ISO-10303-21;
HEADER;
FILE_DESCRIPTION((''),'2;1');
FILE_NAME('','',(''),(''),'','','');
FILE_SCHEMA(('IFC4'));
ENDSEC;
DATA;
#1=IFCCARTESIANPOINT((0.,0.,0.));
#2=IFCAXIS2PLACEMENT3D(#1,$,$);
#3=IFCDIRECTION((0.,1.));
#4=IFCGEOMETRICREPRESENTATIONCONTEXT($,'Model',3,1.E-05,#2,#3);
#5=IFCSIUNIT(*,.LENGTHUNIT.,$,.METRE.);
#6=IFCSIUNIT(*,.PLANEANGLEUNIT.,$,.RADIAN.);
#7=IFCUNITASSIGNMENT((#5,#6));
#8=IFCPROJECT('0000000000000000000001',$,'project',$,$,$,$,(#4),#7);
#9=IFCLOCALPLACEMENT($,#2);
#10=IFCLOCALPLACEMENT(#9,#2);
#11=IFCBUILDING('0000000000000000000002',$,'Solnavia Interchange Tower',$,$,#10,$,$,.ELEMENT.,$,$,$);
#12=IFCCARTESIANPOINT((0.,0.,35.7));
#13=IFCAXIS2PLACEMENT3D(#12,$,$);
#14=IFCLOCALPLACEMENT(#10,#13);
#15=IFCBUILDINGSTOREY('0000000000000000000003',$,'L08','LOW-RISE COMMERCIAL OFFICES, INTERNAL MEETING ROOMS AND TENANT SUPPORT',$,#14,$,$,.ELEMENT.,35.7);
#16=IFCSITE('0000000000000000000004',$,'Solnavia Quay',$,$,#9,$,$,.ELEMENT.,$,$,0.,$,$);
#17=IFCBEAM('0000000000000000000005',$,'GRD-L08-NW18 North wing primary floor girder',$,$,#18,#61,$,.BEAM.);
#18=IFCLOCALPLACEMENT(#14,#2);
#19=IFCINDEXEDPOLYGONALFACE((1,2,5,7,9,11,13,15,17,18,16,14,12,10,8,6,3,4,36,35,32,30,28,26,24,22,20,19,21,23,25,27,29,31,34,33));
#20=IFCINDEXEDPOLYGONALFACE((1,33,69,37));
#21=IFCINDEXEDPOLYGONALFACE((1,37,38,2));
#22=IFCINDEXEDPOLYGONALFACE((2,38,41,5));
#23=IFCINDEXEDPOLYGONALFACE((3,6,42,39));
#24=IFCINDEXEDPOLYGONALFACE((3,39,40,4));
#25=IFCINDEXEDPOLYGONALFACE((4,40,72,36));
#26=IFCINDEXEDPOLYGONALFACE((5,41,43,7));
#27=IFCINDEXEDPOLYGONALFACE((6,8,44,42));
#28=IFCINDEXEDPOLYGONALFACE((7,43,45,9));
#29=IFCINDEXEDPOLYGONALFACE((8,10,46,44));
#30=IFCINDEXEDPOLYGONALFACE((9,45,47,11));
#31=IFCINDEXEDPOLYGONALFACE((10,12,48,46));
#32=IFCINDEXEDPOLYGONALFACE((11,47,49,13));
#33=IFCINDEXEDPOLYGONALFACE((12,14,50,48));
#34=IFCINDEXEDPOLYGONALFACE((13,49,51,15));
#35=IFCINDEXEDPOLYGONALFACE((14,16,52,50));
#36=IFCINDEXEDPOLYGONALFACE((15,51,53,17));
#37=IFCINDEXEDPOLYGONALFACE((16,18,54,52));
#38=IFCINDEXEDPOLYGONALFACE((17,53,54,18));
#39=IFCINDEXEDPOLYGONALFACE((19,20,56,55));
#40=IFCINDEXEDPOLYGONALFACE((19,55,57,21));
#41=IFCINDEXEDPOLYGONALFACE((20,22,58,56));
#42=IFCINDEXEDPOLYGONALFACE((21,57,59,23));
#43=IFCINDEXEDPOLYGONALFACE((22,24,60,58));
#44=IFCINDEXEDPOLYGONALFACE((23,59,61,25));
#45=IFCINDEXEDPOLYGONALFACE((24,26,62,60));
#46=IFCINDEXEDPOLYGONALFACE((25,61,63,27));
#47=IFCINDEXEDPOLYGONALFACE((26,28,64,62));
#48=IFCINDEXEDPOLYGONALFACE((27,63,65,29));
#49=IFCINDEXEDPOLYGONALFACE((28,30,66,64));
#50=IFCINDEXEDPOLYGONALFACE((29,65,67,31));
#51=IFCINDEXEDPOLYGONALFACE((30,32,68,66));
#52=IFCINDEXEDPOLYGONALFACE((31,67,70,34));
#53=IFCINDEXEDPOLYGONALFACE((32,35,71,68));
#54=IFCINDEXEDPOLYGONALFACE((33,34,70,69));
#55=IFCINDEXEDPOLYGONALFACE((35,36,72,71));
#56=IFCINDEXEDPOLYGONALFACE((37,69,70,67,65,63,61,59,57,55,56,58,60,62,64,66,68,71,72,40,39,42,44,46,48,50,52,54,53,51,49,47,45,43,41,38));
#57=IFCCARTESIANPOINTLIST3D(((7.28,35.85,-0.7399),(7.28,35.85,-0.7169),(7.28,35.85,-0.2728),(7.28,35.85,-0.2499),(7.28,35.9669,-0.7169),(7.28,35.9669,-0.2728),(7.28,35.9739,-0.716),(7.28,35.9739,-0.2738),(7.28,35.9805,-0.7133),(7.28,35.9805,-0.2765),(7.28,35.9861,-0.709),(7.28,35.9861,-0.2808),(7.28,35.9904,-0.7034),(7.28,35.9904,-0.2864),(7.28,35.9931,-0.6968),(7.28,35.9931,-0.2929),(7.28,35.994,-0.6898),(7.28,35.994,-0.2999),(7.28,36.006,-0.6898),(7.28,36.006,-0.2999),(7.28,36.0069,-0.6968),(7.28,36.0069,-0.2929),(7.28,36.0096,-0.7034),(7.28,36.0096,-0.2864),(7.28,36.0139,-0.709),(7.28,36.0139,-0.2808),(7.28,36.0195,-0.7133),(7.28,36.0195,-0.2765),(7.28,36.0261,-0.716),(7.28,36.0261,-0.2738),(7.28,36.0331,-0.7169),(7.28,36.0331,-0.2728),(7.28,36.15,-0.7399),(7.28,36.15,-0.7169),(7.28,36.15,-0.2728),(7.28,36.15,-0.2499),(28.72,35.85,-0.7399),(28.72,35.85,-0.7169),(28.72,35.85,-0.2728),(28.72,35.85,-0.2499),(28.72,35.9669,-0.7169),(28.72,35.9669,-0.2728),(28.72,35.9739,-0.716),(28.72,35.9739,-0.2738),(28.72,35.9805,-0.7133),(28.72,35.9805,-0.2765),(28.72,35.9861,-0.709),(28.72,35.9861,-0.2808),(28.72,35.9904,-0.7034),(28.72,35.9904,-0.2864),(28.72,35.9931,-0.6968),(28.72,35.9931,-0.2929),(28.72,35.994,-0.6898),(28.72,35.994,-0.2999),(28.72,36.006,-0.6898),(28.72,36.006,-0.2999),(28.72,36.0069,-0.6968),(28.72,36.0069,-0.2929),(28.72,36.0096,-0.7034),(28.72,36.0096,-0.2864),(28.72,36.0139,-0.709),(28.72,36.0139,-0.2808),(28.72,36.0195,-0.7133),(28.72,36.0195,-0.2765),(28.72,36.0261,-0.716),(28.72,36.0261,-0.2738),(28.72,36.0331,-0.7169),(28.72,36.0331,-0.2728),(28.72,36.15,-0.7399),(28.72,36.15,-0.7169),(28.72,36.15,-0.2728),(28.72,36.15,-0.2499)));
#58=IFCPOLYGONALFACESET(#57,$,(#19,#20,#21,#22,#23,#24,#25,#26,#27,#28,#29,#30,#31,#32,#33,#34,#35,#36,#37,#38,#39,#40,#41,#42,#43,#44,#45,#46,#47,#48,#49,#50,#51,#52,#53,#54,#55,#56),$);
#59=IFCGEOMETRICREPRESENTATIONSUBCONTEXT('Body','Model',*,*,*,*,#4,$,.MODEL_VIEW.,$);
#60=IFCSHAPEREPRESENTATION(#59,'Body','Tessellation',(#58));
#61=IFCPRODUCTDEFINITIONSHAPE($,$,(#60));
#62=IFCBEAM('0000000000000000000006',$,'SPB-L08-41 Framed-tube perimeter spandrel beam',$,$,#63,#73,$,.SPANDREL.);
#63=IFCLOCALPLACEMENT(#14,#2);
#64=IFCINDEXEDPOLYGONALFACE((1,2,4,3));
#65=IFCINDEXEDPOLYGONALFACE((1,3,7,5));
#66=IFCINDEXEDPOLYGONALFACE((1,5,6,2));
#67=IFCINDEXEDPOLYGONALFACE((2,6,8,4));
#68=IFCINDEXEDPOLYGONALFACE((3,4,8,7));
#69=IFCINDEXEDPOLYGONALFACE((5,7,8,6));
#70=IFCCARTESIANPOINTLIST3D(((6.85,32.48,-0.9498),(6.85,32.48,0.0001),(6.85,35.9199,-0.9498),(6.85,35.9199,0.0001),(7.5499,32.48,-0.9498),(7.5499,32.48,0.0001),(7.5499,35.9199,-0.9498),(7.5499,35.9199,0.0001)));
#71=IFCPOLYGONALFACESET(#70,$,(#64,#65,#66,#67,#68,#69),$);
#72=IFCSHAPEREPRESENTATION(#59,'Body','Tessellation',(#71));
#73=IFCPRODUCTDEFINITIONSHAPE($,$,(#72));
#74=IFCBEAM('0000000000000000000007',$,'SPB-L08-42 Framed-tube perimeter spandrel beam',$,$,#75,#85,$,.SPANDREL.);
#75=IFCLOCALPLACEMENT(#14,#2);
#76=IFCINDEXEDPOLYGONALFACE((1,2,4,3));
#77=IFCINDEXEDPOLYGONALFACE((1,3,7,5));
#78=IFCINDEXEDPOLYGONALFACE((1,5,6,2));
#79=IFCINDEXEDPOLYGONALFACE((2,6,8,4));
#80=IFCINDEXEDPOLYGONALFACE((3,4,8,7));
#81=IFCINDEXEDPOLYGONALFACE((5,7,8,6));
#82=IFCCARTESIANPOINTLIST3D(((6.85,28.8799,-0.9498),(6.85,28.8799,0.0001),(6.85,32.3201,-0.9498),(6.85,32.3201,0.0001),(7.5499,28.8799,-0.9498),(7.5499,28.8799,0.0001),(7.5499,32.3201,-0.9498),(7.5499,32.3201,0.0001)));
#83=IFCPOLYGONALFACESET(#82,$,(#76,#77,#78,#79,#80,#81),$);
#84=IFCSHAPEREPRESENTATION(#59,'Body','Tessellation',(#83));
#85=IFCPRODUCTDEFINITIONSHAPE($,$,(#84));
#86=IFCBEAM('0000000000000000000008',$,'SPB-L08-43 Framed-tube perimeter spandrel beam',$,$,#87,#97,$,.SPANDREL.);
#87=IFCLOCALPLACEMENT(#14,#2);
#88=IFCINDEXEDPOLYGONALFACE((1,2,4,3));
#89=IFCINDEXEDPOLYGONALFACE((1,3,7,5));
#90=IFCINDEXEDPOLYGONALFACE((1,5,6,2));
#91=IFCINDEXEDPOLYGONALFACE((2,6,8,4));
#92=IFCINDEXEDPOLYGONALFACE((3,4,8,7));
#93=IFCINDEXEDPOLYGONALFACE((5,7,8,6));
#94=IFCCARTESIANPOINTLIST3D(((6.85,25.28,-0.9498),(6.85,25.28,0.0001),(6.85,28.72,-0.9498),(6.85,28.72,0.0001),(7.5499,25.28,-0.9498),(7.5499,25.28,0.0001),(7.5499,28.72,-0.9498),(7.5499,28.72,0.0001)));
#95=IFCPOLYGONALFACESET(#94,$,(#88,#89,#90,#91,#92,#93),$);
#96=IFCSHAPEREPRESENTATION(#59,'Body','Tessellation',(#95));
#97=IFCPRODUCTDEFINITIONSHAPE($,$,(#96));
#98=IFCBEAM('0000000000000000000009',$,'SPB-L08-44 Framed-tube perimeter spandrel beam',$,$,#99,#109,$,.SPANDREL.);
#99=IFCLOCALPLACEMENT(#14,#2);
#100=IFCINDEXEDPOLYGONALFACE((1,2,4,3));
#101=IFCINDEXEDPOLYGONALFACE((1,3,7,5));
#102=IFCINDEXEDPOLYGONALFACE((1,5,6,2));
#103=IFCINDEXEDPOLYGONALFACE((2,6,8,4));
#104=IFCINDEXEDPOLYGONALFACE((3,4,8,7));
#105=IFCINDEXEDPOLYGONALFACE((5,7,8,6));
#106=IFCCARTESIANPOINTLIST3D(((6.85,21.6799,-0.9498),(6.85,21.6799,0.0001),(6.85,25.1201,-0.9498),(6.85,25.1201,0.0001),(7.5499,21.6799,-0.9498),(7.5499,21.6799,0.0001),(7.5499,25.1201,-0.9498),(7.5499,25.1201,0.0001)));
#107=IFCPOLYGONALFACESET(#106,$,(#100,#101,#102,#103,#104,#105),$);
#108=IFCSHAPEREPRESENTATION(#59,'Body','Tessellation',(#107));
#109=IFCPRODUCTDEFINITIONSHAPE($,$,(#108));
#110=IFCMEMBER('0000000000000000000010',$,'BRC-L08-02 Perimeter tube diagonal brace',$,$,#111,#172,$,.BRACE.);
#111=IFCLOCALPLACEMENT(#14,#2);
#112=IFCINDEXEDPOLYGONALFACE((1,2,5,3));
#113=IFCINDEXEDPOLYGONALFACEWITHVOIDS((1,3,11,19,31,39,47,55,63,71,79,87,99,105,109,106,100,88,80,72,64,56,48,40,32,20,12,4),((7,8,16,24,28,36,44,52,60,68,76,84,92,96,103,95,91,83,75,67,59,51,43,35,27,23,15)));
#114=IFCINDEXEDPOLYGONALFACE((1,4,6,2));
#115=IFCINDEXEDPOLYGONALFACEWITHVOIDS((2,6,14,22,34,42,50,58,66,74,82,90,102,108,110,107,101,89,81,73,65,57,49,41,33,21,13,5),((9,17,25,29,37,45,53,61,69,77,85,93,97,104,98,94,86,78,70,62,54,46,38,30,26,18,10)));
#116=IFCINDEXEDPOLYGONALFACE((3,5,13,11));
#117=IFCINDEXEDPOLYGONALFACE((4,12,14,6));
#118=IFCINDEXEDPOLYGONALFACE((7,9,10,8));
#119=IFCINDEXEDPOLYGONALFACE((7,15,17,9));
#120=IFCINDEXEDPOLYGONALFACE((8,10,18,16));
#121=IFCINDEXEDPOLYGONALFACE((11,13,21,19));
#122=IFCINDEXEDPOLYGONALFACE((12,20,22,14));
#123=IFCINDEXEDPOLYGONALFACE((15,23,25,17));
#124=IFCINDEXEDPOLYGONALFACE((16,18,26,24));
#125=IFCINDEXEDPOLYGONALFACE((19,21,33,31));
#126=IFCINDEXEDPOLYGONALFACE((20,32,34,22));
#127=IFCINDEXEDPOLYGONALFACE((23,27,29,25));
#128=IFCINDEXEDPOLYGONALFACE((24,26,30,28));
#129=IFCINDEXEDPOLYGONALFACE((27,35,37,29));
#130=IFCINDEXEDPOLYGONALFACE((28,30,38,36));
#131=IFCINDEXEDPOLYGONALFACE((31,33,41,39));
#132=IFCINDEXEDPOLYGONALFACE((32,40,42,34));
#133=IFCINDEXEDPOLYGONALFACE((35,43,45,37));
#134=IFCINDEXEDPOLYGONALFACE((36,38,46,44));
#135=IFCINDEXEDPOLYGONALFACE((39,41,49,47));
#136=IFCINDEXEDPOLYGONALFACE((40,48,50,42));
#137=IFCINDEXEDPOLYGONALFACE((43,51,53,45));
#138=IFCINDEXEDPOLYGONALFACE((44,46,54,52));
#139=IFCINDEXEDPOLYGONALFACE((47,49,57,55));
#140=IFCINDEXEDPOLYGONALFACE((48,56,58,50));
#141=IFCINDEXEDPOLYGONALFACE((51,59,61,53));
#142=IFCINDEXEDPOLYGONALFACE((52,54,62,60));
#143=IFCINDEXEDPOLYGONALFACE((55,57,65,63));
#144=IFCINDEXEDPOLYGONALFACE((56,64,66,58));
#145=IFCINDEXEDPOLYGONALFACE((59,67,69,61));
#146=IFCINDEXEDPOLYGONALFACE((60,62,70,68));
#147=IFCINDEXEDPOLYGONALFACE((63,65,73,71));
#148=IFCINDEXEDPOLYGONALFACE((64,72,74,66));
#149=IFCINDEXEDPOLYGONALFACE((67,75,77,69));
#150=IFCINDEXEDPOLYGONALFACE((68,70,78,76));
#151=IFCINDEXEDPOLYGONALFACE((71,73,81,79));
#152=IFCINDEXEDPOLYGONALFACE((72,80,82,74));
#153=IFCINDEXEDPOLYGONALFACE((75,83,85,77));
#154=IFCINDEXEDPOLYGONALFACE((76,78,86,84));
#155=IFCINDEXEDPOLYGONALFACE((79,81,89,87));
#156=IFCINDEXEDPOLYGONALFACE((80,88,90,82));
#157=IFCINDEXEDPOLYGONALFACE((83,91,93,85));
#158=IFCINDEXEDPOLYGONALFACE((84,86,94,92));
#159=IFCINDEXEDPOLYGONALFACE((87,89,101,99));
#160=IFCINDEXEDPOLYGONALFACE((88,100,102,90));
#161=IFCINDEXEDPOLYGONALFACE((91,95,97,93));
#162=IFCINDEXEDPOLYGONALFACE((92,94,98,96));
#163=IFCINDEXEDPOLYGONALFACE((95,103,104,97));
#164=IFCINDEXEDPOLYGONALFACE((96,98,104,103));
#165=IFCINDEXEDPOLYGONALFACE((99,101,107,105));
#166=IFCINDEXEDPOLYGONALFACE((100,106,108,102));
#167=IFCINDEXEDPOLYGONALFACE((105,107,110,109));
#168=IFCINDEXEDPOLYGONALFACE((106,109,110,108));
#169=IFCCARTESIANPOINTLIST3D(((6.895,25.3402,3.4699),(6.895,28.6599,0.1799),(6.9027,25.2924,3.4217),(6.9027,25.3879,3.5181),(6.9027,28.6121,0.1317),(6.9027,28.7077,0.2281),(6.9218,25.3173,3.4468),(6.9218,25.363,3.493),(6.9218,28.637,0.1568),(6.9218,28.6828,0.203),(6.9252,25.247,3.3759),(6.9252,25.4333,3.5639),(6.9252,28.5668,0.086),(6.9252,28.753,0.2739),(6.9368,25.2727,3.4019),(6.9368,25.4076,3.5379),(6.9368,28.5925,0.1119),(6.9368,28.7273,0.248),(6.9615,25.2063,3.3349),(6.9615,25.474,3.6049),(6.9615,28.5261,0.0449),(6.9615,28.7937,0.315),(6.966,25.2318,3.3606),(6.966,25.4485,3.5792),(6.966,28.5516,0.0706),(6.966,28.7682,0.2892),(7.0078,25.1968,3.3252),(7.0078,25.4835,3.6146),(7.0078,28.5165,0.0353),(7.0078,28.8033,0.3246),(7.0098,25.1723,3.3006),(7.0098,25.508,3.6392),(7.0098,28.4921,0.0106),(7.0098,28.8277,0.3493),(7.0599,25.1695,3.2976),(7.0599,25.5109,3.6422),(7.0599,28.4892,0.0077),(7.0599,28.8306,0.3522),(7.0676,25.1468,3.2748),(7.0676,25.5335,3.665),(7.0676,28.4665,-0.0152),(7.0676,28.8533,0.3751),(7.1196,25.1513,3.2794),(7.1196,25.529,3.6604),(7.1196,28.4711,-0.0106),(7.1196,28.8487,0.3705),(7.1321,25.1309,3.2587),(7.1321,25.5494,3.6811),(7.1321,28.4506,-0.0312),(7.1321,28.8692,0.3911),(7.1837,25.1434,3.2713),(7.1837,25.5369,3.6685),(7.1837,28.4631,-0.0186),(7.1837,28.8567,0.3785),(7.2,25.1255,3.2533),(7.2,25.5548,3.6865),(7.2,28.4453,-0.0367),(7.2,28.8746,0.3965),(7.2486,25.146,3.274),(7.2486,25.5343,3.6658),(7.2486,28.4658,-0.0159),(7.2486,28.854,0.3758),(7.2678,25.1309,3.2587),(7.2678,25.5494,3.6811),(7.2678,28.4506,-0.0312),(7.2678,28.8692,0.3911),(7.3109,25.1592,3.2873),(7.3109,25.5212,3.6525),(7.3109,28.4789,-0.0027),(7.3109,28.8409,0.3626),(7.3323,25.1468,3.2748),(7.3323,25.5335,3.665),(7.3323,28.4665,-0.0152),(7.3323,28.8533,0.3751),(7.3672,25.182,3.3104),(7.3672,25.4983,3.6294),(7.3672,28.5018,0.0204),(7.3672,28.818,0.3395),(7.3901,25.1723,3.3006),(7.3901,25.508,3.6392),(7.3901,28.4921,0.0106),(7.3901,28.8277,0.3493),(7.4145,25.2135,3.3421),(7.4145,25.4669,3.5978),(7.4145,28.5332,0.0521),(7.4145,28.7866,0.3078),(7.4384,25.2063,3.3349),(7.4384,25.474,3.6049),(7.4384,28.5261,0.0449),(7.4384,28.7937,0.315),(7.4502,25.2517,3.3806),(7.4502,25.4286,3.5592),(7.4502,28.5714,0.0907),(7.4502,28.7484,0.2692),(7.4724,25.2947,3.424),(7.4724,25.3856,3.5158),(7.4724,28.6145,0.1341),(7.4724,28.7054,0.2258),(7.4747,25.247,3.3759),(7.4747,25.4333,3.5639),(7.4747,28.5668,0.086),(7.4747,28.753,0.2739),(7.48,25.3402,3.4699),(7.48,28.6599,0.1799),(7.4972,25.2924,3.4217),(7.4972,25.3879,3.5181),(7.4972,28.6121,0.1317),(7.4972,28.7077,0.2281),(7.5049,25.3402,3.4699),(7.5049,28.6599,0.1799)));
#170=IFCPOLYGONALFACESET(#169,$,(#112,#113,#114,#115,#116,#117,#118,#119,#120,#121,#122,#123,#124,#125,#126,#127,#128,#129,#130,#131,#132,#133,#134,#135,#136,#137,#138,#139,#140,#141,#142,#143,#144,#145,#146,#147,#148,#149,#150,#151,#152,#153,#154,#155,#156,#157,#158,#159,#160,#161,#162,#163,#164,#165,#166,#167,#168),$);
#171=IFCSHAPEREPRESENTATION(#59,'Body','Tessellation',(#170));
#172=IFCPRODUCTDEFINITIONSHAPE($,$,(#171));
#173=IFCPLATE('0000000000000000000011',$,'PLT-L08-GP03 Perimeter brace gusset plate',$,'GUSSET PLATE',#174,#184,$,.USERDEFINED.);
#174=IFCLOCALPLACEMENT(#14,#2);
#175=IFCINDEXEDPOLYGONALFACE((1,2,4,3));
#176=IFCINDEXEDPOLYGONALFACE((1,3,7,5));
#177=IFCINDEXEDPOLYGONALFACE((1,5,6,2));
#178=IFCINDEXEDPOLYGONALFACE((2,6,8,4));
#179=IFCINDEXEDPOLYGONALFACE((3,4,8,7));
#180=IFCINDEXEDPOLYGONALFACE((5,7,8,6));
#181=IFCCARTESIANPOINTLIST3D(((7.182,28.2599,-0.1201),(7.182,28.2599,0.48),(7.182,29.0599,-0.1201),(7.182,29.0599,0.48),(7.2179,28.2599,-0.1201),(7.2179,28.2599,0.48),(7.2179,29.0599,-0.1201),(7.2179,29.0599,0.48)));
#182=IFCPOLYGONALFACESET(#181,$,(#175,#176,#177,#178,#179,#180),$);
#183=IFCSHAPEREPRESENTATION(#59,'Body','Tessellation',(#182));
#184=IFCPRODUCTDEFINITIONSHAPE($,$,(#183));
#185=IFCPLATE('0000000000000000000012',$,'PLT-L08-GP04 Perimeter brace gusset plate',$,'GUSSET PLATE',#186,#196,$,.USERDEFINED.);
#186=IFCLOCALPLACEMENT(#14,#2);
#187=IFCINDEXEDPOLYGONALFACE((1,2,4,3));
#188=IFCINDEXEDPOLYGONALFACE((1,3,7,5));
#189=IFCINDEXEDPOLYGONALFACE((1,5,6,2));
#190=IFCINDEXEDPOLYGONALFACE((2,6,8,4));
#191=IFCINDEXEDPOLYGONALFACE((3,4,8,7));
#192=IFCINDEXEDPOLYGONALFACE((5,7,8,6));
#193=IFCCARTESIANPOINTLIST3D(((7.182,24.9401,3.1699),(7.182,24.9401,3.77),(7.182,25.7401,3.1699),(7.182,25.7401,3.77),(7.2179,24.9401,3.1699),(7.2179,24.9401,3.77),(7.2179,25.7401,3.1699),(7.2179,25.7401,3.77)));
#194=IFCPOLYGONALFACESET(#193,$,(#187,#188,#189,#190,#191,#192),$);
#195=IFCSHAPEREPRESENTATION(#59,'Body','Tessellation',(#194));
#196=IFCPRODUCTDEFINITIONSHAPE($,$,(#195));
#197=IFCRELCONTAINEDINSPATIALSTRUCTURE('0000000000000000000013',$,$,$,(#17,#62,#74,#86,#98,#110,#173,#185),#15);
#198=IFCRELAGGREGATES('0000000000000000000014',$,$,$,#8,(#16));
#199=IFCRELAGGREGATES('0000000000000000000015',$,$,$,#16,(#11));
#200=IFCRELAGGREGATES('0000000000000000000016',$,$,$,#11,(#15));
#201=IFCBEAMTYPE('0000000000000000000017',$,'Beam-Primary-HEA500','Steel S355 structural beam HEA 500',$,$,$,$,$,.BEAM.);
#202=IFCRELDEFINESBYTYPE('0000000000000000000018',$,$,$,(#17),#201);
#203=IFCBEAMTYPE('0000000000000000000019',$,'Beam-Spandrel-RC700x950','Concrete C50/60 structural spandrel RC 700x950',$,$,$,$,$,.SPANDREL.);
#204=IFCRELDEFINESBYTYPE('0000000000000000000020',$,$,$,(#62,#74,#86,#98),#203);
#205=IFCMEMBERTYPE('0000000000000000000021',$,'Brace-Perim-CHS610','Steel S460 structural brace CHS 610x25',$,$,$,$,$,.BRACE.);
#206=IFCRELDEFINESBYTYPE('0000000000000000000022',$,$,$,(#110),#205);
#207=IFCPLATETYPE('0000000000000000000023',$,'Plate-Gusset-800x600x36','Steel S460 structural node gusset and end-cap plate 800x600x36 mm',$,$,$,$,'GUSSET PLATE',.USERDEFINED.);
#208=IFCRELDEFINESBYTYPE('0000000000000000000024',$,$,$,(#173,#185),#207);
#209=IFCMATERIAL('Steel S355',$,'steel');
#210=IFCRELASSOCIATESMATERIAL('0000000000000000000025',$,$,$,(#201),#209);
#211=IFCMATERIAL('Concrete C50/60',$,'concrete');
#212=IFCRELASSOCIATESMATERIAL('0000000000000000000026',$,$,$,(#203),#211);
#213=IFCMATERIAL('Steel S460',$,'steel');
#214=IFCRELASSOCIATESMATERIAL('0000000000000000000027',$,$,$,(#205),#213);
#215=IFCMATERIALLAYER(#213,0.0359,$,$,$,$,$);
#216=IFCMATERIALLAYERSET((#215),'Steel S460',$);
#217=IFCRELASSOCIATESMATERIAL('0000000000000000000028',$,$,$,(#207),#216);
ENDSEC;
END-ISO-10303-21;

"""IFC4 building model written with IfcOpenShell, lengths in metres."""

from ifc_helpers import new_model, si_unit, direction, frame, origin, origin_2d, place, context, subcontext, project, spatial, rectangle, hollow_circle, i_section, extrude, material, layer, layer_set, material_profile, profile_set, type_object, element, save


model = new_model("IFC4")

# Units and contexts
model_context = context("Model", 3, precision=1e-05, world=origin(), true_north=direction((0.0, 1.0)))
body_context = subcontext(model_context, "Body", "Model", "MODEL_VIEW")
ifc_project = project(units=[si_unit("LENGTHUNIT", "METRE"), si_unit("PLANEANGLEUNIT", "RADIAN")], contexts=[model_context])

# Site, building, storey
site_placement = place(None, origin())
site = spatial("IfcSite", under=ifc_project, at=site_placement, Name="Solnavia Quay", CompositionType="ELEMENT", RefElevation=0.0)
building_placement = place(site_placement, origin())
building = spatial("IfcBuilding", under=site, at=building_placement, Name="Solnavia Interchange Tower", CompositionType="ELEMENT")
storey_placement = place(building_placement, frame((0.0, 0.0, 35.7)))
storey = spatial("IfcBuildingStorey", under=building, at=storey_placement, Name="L08", Description="LOW-RISE COMMERCIAL OFFICES, INTERNAL MEETING ROOMS AND TENANT SUPPORT", CompositionType="ELEMENT", Elevation=35.7)

# Beams
ifc_material_1 = material(Name="Steel S460", Category="steel")
ifc_material_2 = material(Name="Steel S355", Category="steel")
ifc_material_profile_1 = material_profile(ifc_material_2, i_section(OverallWidth=0.3, OverallDepth=0.49, WebThickness=0.012, FlangeThickness=0.0229, FilletRadius=0.0271, at=origin_2d()), Name="HEA 500")
ifc_profile_set_1 = profile_set([ifc_material_profile_1], Name="Steel S355")
beam_type_1 = type_object("IfcBeamType", Name="Beam-Primary-HEA500", Description="Steel S355 structural beam HEA 500", PredefinedType="BEAM", material=ifc_profile_set_1)
for number, where, z_axis, x_axis, name in (
    (1, (7.28, 36.0, -0.4949), (1.0, 0.0, 0.0), (0.0, 1.0, 0.0), "GRD-L08-NW18 North wing primary floor girder"),
):
    element("IfcBeam", number, at=place(storey_placement, frame(where, z_axis=z_axis, x_axis=x_axis)), inside=storey, type_object=beam_type_1, Name=name, PredefinedType="BEAM", context=body_context, shape_type="SweptSolid", body=[
        extrude(i_section(OverallWidth=0.3, OverallDepth=0.49, WebThickness=0.012, FlangeThickness=0.0229, FilletRadius=0.0271, at=origin_2d()), origin(), (0.0, 0.0, 1.0), 21.4399),
    ])
ifc_material_3 = material(Name="Concrete C50/60", Category="concrete")
ifc_material_profile_2 = material_profile(ifc_material_3, rectangle(XDim=0.7, YDim=0.95, at=origin_2d()), Name="RC 700x950")
ifc_profile_set_2 = profile_set([ifc_material_profile_2], Name="Concrete C50/60")
beam_type_2 = type_object("IfcBeamType", Name="Beam-Spandrel-RC700x950", Description="Concrete C50/60 structural spandrel RC 700x950", PredefinedType="SPANDREL", material=ifc_profile_set_2)
beam_1_placement = place(storey_placement, frame((7.2, 35.9199, -0.4749), z_axis=(0.0, -1.0, 0.0), x_axis=(1.0, 0.0, 0.0)))
element("IfcBeam", 2, at=beam_1_placement, inside=storey, type_object=beam_type_2, Name="SPB-L08-41 Framed-tube perimeter spandrel beam", PredefinedType="SPANDREL", context=body_context, shape_type="SweptSolid", body=[
    extrude(rectangle(XDim=0.7, YDim=0.95, at=origin_2d()), origin(), (0.0, 0.0, 1.0), 3.4399),
])
beam_2_placement = place(storey_placement, frame((7.2, 32.3201, -0.4749), z_axis=(0.0, -1.0, 0.0), x_axis=(1.0, 0.0, 0.0)))
element("IfcBeam", 3, at=beam_2_placement, inside=storey, type_object=beam_type_2, Name="SPB-L08-42 Framed-tube perimeter spandrel beam", PredefinedType="SPANDREL", context=body_context, shape_type="SweptSolid", body=[
    extrude(rectangle(XDim=0.7, YDim=0.95, at=origin_2d()), origin(), (0.0, 0.0, 1.0), 3.4402),
])
beam_3_placement = place(storey_placement, frame((7.2, 28.72, -0.4749), z_axis=(0.0, -1.0, 0.0), x_axis=(1.0, 0.0, 0.0)))
element("IfcBeam", 4, at=beam_3_placement, inside=storey, type_object=beam_type_2, Name="SPB-L08-43 Framed-tube perimeter spandrel beam", PredefinedType="SPANDREL", context=body_context, shape_type="SweptSolid", body=[
    extrude(rectangle(XDim=0.7, YDim=0.95, at=origin_2d()), origin(), (0.0, 0.0, 1.0), 3.4399),
])
beam_4_placement = place(storey_placement, frame((7.2, 25.1201, -0.4749), z_axis=(0.0, -1.0, 0.0), x_axis=(1.0, 0.0, 0.0)))
element("IfcBeam", 5, at=beam_4_placement, inside=storey, type_object=beam_type_2, Name="SPB-L08-44 Framed-tube perimeter spandrel beam", PredefinedType="SPANDREL", context=body_context, shape_type="SweptSolid", body=[
    extrude(rectangle(XDim=0.7, YDim=0.95, at=origin_2d()), origin(), (0.0, 0.0, 1.0), 3.4402),
])

# Member
ifc_material_profile_3 = material_profile(ifc_material_1, hollow_circle(Radius=0.3049, WallThickness=0.0249, at=origin_2d()), Name="CHS 610x25")
ifc_profile_set_3 = profile_set([ifc_material_profile_3], Name="Steel S460")
member_type = type_object("IfcMemberType", Name="Brace-Perim-CHS610", Description="Steel S460 structural brace CHS 610x25", PredefinedType="BRACE", material=ifc_profile_set_3)
member_placement = place(storey_placement, frame((7.2, 28.6599, 0.1799), z_axis=(0.0, -0.710286, 0.703913), x_axis=(1.0, 0.0, 0.0)))
element("IfcMember", 6, at=member_placement, inside=storey, type_object=member_type, Name="BRC-L08-02 Perimeter tube diagonal brace", PredefinedType="BRACE", context=body_context, shape_type="SweptSolid", body=[
    extrude(hollow_circle(Radius=0.3049, WallThickness=0.0249, at=origin_2d()), origin(), (0.0, 0.0, 1.0), 4.6738),
])

# Plates
ifc_layer_1 = layer(ifc_material_1, 0.0359)
ifc_layer_set_1 = layer_set([ifc_layer_1], Name="Steel S460")
plate_type = type_object("IfcPlateType", Name="Plate-Gusset-800x600x36", Description="Steel S460 structural node gusset and end-cap plate 800x600x36 mm", ElementType="GUSSET PLATE", PredefinedType="USERDEFINED", material=ifc_layer_set_1)
for number, where, z_axis, x_axis, name in (
    (7, (7.2, 28.6599, -0.1201), (0.0, 0.0, 1.0), (0.0, -1.0, 0.0), "PLT-L08-GP03 Perimeter brace gusset plate"),
    (8, (7.2, 25.3401, 3.1699), (0.0, 0.0, 1.0), (0.0, -1.0, 0.0), "PLT-L08-GP04 Perimeter brace gusset plate"),
):
    element("IfcPlate", number, at=place(storey_placement, frame(where, z_axis=z_axis, x_axis=x_axis)), inside=storey, type_object=plate_type, Name=name, ObjectType="GUSSET PLATE", PredefinedType="USERDEFINED", context=body_context, shape_type="SweptSolid", body=[
        extrude(rectangle(XDim=0.8, YDim=0.0359, at=origin_2d()), origin(), (0.0, 0.0, 1.0), 0.6001),
    ])

save(model, "model.ifc")
